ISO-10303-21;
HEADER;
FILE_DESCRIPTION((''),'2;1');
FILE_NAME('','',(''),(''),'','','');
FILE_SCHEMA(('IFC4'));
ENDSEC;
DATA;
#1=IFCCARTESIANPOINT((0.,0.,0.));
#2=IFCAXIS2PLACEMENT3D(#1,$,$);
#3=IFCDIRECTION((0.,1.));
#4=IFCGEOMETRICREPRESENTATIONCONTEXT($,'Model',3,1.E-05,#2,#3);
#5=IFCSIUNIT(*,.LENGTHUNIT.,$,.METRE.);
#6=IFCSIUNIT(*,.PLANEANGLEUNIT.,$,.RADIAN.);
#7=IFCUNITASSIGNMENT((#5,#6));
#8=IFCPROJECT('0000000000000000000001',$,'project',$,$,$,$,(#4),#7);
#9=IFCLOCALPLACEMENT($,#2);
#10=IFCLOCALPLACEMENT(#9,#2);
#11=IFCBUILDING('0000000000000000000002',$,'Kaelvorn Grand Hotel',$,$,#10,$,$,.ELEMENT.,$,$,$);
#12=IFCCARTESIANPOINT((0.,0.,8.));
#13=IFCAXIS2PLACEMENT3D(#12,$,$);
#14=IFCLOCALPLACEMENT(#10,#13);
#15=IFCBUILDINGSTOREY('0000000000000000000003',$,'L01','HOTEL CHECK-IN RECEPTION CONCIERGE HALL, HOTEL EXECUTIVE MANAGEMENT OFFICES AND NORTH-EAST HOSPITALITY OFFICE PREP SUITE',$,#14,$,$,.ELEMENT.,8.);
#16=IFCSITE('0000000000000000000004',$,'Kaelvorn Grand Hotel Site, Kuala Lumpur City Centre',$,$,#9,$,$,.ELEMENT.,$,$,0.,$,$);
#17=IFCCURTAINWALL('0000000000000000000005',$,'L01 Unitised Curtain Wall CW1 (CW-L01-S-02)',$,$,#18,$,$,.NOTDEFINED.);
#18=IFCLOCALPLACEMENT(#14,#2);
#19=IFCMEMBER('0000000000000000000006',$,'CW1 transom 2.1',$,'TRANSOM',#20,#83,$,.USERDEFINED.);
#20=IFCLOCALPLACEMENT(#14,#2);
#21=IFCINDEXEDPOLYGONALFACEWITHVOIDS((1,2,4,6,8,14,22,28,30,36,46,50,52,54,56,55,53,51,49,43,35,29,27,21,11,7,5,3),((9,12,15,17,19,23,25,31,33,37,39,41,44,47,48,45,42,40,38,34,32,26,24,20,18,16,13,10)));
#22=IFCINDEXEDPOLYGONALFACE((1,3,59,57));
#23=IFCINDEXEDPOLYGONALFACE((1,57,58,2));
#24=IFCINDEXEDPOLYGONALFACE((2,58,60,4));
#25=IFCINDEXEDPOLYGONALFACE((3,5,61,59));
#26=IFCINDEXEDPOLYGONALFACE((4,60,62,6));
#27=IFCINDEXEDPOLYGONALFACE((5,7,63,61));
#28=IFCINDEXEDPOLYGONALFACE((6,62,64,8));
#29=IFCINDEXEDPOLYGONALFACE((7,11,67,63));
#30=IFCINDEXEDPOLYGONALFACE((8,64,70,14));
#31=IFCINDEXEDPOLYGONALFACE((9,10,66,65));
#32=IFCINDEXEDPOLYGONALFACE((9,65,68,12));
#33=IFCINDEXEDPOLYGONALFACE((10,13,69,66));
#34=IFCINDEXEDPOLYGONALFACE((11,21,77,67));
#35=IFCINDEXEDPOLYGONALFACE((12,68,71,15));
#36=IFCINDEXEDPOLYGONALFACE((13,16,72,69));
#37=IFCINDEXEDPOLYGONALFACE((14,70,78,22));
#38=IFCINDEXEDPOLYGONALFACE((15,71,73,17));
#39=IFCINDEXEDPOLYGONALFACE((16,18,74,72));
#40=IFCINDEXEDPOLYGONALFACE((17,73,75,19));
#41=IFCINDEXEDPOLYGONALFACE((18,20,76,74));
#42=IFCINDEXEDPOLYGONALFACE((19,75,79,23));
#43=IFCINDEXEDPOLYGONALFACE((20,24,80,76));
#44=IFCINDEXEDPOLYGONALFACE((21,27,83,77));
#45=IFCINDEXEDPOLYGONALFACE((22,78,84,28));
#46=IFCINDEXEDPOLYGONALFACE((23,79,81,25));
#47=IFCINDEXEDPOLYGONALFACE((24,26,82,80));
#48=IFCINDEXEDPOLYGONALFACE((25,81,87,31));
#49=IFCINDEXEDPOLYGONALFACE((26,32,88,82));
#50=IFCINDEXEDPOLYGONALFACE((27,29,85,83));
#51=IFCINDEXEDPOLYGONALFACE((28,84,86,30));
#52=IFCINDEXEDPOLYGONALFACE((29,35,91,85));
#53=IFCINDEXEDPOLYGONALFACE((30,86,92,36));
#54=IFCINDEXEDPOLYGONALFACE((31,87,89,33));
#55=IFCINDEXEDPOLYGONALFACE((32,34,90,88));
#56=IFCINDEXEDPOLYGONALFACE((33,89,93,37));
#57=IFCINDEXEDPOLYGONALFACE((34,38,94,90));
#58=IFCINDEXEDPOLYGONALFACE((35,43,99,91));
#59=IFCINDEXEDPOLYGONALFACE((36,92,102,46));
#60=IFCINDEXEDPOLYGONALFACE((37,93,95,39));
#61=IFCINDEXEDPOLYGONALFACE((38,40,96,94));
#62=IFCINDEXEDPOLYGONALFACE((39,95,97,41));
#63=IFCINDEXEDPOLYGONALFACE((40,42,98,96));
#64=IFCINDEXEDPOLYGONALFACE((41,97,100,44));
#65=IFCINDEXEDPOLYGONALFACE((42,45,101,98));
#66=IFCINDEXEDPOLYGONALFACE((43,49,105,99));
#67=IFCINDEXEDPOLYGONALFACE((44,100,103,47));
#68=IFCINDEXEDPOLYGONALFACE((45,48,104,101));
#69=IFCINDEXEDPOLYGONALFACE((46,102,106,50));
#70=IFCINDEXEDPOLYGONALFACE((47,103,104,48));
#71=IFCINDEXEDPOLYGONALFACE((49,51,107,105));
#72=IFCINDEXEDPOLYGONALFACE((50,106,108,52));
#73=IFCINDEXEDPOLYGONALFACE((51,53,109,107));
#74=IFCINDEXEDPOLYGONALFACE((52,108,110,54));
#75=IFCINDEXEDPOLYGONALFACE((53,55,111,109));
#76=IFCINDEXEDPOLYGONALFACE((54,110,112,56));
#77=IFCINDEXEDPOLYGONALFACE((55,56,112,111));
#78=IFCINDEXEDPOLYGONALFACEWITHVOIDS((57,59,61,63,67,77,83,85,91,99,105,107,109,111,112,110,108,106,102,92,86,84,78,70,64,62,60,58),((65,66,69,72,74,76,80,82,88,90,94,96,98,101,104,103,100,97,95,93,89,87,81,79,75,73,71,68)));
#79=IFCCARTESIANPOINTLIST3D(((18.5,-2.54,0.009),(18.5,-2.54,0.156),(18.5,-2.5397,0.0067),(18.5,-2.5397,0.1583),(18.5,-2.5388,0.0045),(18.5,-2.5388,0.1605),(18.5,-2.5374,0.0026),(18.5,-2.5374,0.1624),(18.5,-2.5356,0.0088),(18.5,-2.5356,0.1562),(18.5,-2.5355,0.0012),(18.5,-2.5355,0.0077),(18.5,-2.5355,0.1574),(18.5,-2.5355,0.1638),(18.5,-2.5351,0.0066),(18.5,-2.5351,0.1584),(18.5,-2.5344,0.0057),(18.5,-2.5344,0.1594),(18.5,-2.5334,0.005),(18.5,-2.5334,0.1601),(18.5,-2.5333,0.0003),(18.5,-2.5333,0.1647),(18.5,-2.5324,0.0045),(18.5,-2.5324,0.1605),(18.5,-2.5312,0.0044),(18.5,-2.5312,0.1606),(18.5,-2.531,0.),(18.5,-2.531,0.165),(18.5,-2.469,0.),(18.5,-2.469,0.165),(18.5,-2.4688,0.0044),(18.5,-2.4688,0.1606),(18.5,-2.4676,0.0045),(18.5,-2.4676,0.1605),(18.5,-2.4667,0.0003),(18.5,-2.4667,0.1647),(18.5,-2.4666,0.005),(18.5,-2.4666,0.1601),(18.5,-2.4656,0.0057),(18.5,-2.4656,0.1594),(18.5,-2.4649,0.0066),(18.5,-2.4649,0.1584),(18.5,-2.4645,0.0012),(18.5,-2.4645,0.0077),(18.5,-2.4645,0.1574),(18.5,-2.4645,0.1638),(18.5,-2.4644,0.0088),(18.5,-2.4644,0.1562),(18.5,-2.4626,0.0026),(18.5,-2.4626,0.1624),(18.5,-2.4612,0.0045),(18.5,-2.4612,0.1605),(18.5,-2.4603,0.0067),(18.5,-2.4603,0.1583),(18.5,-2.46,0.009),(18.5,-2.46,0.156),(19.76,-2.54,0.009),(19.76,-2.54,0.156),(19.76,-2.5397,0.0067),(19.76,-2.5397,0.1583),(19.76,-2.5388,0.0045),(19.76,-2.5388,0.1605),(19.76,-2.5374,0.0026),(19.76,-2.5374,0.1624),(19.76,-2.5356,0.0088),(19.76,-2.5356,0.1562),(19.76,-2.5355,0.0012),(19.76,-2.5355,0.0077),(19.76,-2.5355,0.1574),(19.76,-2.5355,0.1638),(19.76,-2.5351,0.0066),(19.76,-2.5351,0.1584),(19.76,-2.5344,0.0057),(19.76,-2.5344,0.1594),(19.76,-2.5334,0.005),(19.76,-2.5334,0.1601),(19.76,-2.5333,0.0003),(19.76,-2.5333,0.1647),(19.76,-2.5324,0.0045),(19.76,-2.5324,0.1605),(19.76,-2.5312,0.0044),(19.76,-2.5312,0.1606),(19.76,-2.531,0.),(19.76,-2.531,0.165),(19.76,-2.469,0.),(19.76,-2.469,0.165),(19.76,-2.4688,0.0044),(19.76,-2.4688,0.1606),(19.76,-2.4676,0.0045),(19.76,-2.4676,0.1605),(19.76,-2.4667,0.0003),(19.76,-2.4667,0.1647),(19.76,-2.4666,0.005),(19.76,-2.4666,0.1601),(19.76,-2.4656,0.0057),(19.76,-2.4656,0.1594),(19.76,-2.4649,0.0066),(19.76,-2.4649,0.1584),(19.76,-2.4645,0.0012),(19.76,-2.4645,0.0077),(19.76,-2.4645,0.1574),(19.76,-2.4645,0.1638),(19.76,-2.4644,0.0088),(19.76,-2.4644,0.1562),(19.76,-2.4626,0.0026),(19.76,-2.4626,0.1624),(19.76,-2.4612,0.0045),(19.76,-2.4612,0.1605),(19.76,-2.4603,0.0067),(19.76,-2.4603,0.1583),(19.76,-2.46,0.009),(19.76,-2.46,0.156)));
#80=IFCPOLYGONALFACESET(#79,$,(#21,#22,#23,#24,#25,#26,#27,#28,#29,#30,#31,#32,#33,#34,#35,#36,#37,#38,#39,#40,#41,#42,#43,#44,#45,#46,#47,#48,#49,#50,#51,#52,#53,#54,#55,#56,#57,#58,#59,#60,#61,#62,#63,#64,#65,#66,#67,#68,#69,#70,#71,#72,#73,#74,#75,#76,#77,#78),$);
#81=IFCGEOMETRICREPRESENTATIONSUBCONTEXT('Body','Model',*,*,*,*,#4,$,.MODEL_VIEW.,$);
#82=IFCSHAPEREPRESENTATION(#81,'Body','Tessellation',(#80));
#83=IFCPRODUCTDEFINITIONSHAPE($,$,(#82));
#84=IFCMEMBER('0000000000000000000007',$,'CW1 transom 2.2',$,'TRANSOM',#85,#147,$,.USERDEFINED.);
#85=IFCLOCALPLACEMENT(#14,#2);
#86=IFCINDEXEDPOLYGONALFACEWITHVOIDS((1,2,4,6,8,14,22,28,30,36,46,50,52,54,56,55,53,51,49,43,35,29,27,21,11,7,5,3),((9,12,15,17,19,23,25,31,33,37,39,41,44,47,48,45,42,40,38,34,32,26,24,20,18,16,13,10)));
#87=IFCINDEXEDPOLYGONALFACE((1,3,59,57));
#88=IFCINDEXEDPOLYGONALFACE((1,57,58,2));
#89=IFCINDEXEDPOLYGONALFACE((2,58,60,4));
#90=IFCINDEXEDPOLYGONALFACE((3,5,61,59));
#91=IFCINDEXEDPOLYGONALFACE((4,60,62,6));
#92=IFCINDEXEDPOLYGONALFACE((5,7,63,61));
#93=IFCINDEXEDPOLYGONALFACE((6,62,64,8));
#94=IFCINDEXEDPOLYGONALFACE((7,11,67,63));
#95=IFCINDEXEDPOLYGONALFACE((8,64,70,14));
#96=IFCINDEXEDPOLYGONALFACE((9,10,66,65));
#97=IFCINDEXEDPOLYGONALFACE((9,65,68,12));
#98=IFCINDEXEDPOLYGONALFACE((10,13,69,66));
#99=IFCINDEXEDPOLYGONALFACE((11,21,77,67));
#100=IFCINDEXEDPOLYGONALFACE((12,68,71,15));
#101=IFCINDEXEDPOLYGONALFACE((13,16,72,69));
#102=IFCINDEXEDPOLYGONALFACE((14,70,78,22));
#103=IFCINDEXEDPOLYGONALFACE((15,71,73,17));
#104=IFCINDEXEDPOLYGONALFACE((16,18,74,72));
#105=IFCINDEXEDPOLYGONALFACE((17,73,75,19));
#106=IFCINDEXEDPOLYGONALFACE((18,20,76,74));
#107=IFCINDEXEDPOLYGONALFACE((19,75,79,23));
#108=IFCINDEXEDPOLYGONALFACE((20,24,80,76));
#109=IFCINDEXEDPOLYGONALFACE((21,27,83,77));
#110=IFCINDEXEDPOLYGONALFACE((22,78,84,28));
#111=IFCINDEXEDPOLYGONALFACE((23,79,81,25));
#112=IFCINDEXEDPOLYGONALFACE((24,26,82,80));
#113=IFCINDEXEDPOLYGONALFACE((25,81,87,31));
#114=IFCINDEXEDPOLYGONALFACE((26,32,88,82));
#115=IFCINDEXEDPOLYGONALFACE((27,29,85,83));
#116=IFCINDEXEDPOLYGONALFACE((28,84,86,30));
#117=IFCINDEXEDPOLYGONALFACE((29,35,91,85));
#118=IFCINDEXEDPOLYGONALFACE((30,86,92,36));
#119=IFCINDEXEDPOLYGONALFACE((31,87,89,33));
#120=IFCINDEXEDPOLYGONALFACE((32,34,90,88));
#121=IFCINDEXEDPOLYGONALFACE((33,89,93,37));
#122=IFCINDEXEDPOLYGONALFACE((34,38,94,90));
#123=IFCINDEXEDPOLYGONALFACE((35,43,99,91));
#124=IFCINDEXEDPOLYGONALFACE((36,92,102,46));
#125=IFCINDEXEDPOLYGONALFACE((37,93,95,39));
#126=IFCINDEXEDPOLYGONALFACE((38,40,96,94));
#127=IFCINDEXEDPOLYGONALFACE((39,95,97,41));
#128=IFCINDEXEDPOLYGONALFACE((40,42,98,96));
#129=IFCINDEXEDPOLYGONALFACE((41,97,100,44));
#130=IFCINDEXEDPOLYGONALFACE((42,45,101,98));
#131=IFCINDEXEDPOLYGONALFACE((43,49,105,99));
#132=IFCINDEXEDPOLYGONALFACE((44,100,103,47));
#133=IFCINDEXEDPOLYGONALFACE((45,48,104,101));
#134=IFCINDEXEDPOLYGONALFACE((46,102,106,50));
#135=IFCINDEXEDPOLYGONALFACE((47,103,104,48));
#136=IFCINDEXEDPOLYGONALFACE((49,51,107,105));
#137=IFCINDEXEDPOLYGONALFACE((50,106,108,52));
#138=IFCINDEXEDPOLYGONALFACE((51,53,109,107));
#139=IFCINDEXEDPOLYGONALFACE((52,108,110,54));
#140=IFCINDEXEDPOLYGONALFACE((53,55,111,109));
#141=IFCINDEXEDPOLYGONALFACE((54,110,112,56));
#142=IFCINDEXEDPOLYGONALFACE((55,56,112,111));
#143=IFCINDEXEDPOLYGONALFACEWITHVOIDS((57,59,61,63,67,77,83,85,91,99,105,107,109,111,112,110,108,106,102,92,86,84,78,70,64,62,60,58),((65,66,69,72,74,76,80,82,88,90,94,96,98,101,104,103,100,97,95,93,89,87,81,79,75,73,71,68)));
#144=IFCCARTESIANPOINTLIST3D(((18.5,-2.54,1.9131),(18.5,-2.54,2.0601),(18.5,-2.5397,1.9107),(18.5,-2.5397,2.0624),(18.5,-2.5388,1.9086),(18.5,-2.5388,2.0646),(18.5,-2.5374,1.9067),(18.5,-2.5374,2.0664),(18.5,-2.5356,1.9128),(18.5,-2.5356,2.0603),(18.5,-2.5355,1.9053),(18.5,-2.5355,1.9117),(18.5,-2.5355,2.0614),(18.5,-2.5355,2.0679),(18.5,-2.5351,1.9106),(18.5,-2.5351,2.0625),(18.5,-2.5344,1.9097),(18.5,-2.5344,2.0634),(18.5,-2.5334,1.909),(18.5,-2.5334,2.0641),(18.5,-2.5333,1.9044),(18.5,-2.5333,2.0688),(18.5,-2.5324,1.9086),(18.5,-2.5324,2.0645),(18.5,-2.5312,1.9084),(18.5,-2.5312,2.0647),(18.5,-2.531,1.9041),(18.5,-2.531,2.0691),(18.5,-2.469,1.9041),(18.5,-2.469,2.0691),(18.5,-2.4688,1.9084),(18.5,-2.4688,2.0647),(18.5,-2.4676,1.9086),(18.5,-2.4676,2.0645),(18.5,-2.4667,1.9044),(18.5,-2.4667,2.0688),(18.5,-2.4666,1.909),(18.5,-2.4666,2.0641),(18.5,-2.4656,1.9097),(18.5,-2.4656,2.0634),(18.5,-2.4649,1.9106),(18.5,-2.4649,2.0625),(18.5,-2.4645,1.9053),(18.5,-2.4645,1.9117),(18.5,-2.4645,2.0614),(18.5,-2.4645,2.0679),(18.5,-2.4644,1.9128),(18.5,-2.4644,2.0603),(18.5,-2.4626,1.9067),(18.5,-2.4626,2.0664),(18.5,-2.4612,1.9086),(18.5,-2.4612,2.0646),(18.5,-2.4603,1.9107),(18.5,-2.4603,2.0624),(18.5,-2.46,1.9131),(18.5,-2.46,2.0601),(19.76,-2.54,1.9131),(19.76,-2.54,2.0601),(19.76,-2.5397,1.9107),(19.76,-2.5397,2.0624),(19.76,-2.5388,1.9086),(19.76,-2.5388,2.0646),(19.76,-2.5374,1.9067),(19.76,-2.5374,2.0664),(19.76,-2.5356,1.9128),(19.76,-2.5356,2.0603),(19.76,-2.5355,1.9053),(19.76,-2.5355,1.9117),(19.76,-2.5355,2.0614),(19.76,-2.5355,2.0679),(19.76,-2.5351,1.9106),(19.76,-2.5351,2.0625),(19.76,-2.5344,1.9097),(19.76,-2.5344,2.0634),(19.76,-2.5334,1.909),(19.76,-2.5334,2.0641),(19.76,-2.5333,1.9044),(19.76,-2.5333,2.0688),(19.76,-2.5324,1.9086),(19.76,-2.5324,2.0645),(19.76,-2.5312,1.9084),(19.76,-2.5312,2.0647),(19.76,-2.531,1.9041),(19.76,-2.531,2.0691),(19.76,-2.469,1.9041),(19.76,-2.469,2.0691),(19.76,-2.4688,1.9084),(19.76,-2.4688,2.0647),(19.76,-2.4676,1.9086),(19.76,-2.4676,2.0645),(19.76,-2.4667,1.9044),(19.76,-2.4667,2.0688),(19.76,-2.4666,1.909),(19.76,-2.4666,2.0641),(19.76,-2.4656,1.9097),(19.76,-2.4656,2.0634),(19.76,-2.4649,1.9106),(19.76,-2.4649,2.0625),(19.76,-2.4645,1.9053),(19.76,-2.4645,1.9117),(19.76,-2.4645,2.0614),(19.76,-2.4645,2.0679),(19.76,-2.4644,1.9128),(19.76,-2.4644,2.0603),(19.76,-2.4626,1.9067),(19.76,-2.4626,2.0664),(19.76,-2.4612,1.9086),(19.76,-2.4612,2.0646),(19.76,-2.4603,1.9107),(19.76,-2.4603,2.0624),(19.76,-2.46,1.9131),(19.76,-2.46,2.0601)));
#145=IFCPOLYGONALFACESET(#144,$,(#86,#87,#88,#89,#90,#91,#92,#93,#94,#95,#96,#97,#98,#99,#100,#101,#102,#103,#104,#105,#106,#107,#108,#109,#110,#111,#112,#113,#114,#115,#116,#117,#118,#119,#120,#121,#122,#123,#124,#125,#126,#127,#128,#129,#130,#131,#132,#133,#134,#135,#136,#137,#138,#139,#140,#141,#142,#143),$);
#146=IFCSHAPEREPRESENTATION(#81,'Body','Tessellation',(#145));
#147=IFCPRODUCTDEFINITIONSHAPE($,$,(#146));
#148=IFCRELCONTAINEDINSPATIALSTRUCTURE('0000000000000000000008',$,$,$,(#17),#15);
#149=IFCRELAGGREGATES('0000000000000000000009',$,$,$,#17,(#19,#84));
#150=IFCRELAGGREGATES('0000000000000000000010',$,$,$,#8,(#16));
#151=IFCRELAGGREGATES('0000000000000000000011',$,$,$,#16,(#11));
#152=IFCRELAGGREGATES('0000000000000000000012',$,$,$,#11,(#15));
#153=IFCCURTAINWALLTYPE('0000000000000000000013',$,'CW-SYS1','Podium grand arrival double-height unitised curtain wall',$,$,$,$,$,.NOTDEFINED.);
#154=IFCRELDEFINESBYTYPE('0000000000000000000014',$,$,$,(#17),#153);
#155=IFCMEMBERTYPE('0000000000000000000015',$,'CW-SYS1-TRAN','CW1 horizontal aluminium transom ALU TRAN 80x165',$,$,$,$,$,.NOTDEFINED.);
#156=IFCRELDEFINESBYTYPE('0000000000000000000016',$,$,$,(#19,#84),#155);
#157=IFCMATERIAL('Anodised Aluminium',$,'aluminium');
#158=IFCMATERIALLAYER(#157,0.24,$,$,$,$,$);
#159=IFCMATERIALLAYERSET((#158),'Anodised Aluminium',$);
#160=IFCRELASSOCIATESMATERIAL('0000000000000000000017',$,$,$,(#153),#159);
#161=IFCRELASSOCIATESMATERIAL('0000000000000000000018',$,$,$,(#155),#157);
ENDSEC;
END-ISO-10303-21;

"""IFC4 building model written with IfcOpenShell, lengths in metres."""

from ifc_helpers import new_model, si_unit, direction, frame, origin, origin_2d, place, context, subcontext, project, spatial, hollow_rectangle, extrude, material, layer, layer_set, material_profile, profile_set, type_object, element, aggregate, save


model = new_model("IFC4")

# Units and contexts
model_context = context("Model", 3, precision=1e-05, world=origin(), true_north=direction((0.0, 1.0)))
body_context = subcontext(model_context, "Body", "Model", "MODEL_VIEW")
ifc_project = project(units=[si_unit("LENGTHUNIT", "METRE"), si_unit("PLANEANGLEUNIT", "RADIAN")], contexts=[model_context])

# Site, building, storey
site_placement = place(None, origin())
site = spatial("IfcSite", under=ifc_project, at=site_placement, Name="Kaelvorn Grand Hotel Site, Kuala Lumpur City Centre", CompositionType="ELEMENT", RefElevation=0.0)
building_placement = place(site_placement, origin())
building = spatial("IfcBuilding", under=site, at=building_placement, Name="Kaelvorn Grand Hotel", CompositionType="ELEMENT")
storey_placement = place(building_placement, frame((0.0, 0.0, 8.0)))
storey = spatial("IfcBuildingStorey", under=building, at=storey_placement, Name="L01", Description="HOTEL CHECK-IN RECEPTION CONCIERGE HALL, HOTEL EXECUTIVE MANAGEMENT OFFICES AND NORTH-EAST HOSPITALITY OFFICE PREP SUITE", CompositionType="ELEMENT", Elevation=8.0)

# Curtain wall
ifc_material_1 = material(Name="Anodised Aluminium", Category="aluminium")
ifc_layer_1 = layer(ifc_material_1, 0.24)
ifc_layer_set_1 = layer_set([ifc_layer_1], Name="Anodised Aluminium")
curtain_wall_type = type_object("IfcCurtainWallType", Name="CW-SYS1", Description="Podium grand arrival double-height unitised curtain wall", PredefinedType="NOTDEFINED", material=ifc_layer_set_1)
curtain_wall_1_placement = place(storey_placement, origin())
curtain_wall_1 = element("IfcCurtainWall", 1, at=curtain_wall_1_placement, inside=storey, type_object=curtain_wall_type, Name="L01 Unitised Curtain Wall CW1 (CW-L01-S-02)", PredefinedType="NOTDEFINED")

# Members
ifc_material_profile_1 = material_profile(ifc_material_1, hollow_rectangle(XDim=0.0801, YDim=0.165, WallThickness=0.0044, InnerFilletRadius=0.0044, OuterFilletRadius=0.009, at=origin_2d()), Name="ALU TRAN 80x165")
ifc_profile_set_1 = profile_set([ifc_material_profile_1], Name="Anodised Aluminium")
member_type_1 = type_object("IfcMemberType", Name="CW-SYS1-TRAN", Description="CW1 horizontal aluminium transom ALU TRAN 80x165", PredefinedType="NOTDEFINED", material=ifc_profile_set_1)
member_1_placement = place(storey_placement, frame((18.5, -2.5, 0.0825), z_axis=(1.0, 0.0, 0.0), x_axis=(0.0, 1.0, 0.0)))
member_1 = element("IfcMember", 2, at=member_1_placement, type_object=member_type_1, Name="CW1 transom 2.1", ObjectType="TRANSOM", PredefinedType="USERDEFINED", context=body_context, shape_type="SweptSolid", body=[
    extrude(hollow_rectangle(XDim=0.0801, YDim=0.165, WallThickness=0.0044, InnerFilletRadius=0.0044, OuterFilletRadius=0.009, at=origin_2d()), origin(), (0.0, 0.0, 1.0), 1.26),
])
member_2_placement = place(storey_placement, frame((18.5, -2.5, 1.9866), z_axis=(1.0, 0.0, 0.0), x_axis=(0.0, 1.0, 0.0)))
member_2 = element("IfcMember", 3, at=member_2_placement, type_object=member_type_1, Name="CW1 transom 2.2", ObjectType="TRANSOM", PredefinedType="USERDEFINED", context=body_context, shape_type="SweptSolid", body=[
    extrude(hollow_rectangle(XDim=0.0801, YDim=0.165, WallThickness=0.0044, InnerFilletRadius=0.0044, OuterFilletRadius=0.009, at=origin_2d()), origin(), (0.0, 0.0, 1.0), 1.26),
])

aggregate(curtain_wall_1, [member_1, member_2])

save(model, "model.ifc")
